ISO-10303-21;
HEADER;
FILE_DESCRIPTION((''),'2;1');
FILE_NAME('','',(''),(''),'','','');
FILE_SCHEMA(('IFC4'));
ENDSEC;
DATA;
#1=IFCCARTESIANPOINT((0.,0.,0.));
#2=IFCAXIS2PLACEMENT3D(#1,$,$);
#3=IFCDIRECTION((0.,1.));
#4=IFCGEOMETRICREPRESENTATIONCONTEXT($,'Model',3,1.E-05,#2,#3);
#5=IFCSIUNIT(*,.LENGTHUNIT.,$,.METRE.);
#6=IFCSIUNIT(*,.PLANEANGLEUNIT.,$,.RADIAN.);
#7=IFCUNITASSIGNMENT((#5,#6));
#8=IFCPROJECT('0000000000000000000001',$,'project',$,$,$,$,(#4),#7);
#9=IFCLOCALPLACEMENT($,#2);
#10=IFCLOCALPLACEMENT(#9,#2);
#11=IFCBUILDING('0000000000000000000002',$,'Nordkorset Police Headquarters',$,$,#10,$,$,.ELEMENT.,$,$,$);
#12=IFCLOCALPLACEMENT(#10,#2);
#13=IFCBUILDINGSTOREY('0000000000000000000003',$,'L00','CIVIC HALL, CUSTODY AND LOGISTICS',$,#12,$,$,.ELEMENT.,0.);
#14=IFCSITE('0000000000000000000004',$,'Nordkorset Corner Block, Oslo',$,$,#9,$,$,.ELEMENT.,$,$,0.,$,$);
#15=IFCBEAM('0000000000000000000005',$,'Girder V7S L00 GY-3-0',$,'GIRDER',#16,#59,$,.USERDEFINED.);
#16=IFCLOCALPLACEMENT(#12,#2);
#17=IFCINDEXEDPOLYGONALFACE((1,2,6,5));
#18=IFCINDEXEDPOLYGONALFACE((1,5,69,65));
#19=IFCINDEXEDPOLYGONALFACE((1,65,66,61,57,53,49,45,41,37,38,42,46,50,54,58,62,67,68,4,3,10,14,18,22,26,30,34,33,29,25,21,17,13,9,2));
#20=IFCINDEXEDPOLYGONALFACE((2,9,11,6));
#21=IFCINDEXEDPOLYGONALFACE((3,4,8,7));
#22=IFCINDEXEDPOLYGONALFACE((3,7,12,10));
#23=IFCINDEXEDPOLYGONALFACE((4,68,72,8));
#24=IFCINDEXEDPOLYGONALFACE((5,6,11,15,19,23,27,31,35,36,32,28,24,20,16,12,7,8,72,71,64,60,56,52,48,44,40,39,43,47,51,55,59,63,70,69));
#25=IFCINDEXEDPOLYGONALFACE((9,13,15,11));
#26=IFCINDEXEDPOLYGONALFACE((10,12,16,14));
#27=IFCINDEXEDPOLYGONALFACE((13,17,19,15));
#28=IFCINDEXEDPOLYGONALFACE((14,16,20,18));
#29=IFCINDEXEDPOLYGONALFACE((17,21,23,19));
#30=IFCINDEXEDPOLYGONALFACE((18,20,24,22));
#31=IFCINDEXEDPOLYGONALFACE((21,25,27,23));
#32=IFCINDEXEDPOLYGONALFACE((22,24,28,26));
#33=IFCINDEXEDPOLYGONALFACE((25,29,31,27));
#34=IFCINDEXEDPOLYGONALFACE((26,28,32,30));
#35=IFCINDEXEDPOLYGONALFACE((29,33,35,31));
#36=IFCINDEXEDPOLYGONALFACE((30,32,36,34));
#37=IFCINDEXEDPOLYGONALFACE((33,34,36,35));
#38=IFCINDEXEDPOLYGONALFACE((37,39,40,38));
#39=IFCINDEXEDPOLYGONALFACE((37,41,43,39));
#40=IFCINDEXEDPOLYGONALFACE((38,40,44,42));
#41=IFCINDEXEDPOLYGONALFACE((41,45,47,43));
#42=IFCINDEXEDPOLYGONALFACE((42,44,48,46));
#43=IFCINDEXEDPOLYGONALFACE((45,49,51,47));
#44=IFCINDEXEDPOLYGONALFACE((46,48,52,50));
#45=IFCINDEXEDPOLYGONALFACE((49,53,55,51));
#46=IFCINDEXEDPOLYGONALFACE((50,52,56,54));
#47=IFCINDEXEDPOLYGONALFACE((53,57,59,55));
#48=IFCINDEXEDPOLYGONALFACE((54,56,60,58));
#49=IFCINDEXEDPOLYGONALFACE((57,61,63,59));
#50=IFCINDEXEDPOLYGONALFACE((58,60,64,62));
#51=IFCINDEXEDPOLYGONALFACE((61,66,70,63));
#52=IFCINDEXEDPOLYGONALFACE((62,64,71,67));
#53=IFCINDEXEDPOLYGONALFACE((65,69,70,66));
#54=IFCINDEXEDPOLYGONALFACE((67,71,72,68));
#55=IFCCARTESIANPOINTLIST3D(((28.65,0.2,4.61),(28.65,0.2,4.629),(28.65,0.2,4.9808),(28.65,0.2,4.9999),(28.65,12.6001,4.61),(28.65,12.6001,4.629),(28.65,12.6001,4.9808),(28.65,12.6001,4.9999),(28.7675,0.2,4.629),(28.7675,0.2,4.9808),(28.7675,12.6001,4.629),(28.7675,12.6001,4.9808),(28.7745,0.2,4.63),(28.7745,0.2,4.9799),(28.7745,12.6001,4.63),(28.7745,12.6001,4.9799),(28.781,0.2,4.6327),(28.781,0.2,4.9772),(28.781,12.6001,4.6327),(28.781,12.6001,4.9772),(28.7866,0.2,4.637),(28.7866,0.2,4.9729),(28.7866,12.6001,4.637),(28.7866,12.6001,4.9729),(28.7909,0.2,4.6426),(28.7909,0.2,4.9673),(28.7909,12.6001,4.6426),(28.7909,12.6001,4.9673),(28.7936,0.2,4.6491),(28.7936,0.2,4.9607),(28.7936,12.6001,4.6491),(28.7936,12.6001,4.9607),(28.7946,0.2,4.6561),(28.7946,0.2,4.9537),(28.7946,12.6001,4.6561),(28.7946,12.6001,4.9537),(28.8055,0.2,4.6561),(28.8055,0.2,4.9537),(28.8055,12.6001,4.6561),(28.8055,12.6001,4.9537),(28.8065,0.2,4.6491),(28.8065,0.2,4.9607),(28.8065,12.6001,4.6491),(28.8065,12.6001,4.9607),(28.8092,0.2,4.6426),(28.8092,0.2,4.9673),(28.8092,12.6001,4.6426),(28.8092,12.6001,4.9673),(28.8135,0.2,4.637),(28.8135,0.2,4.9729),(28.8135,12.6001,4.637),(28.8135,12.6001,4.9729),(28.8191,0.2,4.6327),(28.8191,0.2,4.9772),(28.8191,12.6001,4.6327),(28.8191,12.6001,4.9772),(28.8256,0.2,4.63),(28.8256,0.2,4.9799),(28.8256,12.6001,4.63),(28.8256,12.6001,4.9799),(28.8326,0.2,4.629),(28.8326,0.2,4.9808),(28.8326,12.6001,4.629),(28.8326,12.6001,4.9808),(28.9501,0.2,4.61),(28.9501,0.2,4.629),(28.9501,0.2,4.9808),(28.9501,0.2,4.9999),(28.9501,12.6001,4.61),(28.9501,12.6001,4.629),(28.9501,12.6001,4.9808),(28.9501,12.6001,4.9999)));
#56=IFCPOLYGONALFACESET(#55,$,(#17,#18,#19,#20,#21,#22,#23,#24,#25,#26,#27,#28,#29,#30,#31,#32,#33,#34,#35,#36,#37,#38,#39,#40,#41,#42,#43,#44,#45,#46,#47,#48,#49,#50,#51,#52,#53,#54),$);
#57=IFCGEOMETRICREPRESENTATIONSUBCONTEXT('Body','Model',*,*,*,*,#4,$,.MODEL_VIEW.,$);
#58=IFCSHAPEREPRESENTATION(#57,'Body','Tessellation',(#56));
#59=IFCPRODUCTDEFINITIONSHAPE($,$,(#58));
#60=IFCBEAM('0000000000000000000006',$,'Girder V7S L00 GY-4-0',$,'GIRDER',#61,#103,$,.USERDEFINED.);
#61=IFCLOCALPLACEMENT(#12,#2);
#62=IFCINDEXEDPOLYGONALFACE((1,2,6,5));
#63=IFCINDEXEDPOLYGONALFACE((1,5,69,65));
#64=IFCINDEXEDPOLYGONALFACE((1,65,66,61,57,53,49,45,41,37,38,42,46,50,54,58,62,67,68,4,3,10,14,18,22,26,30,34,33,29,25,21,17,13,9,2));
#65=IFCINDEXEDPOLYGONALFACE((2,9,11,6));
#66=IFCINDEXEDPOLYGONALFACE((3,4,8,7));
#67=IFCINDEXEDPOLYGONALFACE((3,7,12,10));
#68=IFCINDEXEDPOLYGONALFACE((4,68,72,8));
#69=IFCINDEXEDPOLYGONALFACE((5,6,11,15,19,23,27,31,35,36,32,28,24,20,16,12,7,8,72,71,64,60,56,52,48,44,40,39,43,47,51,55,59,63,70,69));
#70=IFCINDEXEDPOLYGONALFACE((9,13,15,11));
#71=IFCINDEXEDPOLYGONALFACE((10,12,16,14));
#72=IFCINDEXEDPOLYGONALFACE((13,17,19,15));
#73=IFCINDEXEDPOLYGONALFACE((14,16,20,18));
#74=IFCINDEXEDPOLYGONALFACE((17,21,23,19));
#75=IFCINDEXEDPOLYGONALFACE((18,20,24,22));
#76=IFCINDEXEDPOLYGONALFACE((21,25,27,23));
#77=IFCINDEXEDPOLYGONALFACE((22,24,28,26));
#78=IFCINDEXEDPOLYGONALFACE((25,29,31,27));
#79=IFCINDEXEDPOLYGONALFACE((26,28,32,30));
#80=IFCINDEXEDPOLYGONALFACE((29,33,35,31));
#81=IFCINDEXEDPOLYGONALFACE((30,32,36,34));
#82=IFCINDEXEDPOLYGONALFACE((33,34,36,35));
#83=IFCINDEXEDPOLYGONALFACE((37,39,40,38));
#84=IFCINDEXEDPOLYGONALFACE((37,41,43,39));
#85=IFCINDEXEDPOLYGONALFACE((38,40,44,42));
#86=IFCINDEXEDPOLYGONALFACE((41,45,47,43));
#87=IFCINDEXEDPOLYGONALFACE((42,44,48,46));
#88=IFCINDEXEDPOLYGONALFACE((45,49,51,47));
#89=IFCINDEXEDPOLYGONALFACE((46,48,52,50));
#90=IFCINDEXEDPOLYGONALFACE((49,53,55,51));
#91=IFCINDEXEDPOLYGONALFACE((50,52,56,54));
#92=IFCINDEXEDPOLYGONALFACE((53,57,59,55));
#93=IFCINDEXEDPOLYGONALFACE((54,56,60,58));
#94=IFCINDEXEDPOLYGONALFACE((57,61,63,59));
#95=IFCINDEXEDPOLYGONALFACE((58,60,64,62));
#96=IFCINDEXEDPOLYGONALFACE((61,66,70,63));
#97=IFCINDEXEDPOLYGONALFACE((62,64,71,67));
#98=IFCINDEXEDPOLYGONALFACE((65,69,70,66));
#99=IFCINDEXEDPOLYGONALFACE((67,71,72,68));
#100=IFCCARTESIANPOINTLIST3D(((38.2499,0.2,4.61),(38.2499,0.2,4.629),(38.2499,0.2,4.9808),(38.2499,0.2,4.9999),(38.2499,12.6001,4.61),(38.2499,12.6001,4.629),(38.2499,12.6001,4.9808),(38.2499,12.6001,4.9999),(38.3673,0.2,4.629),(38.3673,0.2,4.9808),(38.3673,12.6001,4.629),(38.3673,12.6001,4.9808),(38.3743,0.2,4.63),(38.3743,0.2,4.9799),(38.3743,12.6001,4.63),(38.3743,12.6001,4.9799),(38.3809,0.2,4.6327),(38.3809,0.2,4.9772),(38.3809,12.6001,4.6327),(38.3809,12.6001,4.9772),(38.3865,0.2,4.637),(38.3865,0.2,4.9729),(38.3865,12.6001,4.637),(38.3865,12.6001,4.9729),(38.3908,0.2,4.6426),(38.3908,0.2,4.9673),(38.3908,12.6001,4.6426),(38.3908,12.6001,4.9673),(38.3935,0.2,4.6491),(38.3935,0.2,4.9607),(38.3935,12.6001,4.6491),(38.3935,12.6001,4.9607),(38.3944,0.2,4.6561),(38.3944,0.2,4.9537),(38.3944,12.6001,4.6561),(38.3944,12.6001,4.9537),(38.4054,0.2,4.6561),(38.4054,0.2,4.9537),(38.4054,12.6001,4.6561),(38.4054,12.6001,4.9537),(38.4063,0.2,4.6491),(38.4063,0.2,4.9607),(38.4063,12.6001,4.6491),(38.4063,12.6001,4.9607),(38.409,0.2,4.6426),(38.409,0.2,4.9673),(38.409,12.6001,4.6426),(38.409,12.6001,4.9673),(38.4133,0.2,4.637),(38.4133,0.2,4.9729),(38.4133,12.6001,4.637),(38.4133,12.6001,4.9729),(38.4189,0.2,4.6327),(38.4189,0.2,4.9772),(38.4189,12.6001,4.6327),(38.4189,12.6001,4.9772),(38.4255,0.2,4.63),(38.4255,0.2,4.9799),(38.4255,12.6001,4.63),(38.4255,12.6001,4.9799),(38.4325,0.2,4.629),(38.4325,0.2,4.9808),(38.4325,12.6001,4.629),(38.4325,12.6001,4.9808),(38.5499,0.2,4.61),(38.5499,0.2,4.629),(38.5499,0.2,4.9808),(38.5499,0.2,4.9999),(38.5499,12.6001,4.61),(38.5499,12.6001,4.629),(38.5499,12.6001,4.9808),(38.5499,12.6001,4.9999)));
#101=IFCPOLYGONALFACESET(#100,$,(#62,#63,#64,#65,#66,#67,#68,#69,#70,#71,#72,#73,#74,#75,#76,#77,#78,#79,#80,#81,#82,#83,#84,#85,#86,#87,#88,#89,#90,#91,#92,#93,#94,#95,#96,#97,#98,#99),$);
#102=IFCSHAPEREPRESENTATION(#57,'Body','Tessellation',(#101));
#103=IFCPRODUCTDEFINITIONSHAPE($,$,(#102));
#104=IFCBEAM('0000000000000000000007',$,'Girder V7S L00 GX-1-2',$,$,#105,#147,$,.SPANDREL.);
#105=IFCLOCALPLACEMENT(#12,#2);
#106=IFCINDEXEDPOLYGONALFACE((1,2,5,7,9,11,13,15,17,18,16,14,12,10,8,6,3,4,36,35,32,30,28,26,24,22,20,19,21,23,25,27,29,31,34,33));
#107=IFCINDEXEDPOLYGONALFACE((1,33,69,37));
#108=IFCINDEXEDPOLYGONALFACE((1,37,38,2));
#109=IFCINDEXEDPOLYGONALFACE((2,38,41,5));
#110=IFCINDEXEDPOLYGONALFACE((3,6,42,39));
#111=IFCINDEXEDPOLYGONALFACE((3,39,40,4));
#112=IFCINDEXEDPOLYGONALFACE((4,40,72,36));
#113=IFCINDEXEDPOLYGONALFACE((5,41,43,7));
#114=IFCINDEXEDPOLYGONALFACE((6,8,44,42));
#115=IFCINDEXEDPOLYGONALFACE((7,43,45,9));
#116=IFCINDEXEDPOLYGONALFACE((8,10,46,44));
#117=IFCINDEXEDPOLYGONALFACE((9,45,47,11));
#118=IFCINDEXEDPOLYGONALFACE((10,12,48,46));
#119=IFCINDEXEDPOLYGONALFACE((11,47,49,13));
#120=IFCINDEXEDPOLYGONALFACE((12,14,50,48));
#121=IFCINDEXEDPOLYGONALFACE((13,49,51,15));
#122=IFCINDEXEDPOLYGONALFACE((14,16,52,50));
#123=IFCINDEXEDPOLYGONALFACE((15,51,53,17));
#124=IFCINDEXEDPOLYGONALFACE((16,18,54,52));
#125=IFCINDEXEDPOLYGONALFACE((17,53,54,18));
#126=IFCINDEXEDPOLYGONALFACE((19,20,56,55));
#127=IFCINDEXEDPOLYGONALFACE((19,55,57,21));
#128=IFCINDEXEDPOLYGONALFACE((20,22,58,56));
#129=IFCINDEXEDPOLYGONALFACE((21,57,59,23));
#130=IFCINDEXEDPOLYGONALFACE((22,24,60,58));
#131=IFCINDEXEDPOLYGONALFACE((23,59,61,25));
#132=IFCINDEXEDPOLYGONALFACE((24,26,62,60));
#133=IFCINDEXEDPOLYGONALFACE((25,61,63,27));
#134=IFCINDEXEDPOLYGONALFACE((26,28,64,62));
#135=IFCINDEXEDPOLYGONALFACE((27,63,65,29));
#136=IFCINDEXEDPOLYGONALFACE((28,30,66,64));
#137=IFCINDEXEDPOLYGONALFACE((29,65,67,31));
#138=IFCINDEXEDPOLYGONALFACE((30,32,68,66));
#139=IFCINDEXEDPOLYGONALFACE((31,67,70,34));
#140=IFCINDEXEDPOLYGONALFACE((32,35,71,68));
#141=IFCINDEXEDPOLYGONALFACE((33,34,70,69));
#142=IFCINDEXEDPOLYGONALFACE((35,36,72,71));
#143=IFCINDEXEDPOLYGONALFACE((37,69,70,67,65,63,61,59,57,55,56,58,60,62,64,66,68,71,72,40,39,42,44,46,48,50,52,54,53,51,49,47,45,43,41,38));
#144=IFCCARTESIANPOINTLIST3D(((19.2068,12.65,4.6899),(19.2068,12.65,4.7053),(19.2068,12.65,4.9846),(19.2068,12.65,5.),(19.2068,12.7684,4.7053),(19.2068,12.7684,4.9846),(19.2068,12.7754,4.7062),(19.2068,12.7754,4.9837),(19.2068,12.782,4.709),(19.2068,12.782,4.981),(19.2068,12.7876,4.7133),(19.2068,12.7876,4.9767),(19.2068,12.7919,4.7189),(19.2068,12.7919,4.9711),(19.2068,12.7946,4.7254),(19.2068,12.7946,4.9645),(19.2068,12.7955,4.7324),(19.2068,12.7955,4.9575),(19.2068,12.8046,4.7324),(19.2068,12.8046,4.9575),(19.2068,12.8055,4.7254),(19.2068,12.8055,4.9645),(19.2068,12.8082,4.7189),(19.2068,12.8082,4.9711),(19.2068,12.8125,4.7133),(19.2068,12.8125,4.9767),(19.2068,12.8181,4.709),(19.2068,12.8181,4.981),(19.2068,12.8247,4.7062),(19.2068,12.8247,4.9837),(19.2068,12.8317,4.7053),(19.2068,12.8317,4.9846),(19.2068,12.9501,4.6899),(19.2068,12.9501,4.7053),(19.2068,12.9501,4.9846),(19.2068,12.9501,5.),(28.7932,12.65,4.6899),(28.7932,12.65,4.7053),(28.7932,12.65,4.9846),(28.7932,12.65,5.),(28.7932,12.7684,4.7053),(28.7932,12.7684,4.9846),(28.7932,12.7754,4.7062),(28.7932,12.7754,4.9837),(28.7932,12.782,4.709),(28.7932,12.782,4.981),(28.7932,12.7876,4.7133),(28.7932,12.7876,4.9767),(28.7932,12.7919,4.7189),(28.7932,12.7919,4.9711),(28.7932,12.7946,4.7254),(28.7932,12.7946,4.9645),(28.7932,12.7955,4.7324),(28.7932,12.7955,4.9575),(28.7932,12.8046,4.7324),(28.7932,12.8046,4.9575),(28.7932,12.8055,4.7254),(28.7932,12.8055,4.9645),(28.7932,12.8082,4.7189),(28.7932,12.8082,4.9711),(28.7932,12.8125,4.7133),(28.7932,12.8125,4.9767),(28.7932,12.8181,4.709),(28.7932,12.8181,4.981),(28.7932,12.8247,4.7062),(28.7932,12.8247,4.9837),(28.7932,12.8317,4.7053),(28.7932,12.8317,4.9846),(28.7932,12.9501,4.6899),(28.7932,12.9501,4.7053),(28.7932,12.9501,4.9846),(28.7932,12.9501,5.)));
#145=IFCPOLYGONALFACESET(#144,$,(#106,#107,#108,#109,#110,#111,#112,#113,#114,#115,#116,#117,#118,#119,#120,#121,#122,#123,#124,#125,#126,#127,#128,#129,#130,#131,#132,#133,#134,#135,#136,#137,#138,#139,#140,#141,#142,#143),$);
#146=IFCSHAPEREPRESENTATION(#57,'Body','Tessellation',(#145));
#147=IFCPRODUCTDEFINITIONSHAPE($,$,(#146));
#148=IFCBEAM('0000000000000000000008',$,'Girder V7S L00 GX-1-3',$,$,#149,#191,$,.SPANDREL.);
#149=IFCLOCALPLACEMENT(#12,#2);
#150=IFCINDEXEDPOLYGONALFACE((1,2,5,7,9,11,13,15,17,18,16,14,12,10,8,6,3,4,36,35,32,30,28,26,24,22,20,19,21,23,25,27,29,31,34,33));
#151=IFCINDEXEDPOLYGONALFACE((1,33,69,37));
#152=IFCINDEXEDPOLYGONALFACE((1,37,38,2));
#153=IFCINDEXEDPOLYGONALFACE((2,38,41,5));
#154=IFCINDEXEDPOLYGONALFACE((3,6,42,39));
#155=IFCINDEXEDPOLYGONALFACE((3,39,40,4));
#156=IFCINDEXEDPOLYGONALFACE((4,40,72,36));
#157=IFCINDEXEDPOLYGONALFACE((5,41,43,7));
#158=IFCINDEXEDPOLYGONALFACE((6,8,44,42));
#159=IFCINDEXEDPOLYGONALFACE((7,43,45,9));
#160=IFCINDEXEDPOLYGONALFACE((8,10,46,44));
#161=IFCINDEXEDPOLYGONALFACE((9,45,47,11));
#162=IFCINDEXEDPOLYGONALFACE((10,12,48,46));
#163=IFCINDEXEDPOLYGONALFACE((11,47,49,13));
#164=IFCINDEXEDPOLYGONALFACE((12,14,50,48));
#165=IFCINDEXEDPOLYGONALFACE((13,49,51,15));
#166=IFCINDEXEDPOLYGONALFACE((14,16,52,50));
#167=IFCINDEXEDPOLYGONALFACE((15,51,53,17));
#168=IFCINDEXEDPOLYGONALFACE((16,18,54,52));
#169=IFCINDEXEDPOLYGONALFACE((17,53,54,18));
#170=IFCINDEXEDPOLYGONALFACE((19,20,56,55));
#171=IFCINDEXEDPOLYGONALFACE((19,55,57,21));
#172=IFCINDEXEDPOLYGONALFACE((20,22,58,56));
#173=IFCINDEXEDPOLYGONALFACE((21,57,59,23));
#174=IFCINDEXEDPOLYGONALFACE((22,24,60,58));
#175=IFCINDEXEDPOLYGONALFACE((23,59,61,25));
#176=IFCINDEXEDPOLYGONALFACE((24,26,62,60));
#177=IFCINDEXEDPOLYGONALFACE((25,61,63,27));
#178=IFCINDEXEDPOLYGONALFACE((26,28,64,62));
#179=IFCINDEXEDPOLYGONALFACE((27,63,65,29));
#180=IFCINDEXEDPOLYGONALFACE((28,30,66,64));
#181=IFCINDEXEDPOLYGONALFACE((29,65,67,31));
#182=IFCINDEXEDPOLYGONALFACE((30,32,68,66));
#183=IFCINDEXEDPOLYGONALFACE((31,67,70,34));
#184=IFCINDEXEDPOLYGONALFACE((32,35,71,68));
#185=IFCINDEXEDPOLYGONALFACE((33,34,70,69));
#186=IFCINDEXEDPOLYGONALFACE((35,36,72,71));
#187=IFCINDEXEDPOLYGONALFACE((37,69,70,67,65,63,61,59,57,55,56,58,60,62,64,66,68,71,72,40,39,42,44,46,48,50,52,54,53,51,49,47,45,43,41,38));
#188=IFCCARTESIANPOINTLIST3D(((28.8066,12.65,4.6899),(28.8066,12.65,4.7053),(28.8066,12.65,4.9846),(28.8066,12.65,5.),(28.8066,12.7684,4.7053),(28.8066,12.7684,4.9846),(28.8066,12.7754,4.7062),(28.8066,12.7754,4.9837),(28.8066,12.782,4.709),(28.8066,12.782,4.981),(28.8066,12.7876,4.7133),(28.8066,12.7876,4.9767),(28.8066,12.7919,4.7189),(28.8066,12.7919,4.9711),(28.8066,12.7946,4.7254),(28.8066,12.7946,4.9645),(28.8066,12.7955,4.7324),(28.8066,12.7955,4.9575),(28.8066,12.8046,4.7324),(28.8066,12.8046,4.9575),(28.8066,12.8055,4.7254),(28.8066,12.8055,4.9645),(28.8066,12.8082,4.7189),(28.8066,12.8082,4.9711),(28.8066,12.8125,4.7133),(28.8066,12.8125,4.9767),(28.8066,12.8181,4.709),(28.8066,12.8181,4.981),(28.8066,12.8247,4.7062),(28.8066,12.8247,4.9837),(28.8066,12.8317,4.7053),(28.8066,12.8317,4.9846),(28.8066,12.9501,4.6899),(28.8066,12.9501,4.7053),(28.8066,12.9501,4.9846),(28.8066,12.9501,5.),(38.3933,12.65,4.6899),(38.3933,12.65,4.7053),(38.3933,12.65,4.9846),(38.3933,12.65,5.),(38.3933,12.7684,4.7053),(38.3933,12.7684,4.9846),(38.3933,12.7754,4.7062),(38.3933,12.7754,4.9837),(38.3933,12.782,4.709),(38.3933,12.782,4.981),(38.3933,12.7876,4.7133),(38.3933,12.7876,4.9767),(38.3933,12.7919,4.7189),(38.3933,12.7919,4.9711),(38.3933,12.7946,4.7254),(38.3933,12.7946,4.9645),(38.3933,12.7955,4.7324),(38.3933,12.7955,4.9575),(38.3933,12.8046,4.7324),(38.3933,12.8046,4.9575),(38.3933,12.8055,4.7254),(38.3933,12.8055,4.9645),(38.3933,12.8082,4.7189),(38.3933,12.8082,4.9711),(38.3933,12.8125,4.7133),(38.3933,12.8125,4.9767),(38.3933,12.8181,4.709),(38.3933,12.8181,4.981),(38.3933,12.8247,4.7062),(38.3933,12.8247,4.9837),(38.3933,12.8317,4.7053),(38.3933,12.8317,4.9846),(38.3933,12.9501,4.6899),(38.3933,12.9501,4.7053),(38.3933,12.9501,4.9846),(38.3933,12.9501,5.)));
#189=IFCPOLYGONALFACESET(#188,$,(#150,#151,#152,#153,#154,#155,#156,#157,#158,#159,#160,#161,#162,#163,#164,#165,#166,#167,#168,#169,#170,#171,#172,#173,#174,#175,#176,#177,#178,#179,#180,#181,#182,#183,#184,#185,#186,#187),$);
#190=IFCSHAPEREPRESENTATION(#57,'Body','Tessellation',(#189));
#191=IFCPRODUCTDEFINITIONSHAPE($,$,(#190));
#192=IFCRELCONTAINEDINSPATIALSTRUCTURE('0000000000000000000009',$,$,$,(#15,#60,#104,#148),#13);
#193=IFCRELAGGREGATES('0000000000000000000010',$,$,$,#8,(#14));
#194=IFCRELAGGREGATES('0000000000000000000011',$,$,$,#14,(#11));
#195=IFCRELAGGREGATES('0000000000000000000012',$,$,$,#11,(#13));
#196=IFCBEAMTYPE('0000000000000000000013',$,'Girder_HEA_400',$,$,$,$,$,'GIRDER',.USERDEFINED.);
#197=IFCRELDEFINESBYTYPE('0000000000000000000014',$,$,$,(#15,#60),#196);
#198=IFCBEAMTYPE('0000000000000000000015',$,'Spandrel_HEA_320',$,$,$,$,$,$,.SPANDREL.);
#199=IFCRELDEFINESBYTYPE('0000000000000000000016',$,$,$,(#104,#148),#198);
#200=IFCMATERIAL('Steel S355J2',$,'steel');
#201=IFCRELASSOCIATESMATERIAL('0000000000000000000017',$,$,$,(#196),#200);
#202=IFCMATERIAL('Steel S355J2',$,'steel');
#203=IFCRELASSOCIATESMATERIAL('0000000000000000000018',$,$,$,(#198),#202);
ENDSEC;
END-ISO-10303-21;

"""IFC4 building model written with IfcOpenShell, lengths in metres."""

from ifc_helpers import new_model, si_unit, direction, frame, origin, origin_2d, place, context, subcontext, project, spatial, i_section, extrude, material, material_profile, profile_set, type_object, element, save


model = new_model("IFC4")

# Units and contexts
model_context = context("Model", 3, precision=1e-05, world=origin(), true_north=direction((0.0, 1.0)))
body_context = subcontext(model_context, "Body", "Model", "MODEL_VIEW")
ifc_project = project(units=[si_unit("LENGTHUNIT", "METRE"), si_unit("PLANEANGLEUNIT", "RADIAN")], contexts=[model_context])

# Site, building, storey
site_placement = place(None, origin())
site = spatial("IfcSite", under=ifc_project, at=site_placement, Name="Nordkorset Corner Block, Oslo", CompositionType="ELEMENT", RefElevation=0.0)
building_placement = place(site_placement, origin())
building = spatial("IfcBuilding", under=site, at=building_placement, Name="Nordkorset Police Headquarters", CompositionType="ELEMENT")
storey_placement = place(building_placement, origin())
storey = spatial("IfcBuildingStorey", under=building, at=storey_placement, Name="L00", Description="CIVIC HALL, CUSTODY AND LOGISTICS", CompositionType="ELEMENT", Elevation=0.0)

# Beams
ifc_material_1 = material(Name="Steel S355J2", Category="steel")
ifc_material_profile_1 = material_profile(ifc_material_1, i_section(OverallWidth=0.3, OverallDepth=0.3899, WebThickness=0.011, FlangeThickness=0.019, FilletRadius=0.0271, at=origin_2d()), Name="HEA 400")
ifc_profile_set_1 = profile_set([ifc_material_profile_1], Name="Steel S355J2")
beam_type_1 = type_object("IfcBeamType", Name="Girder_HEA_400", ElementType="GIRDER", PredefinedType="USERDEFINED", material=ifc_profile_set_1)
for number, where, z_axis, x_axis, name in (
    (1, (28.8, 0.2, 4.8049), (0.0, 1.0, 0.0), (-1.0, 0.0, 0.0), "Girder V7S L00 GY-3-0"),
    (2, (38.3999, 0.2, 4.8049), (0.0, 1.0, 0.0), (-1.0, 0.0, 0.0), "Girder V7S L00 GY-4-0"),
):
    element("IfcBeam", number, at=place(storey_placement, frame(where, z_axis=z_axis, x_axis=x_axis)), inside=storey, type_object=beam_type_1, Name=name, ObjectType="GIRDER", PredefinedType="USERDEFINED", context=body_context, shape_type="SweptSolid", body=[
        extrude(i_section(OverallWidth=0.3, OverallDepth=0.3899, WebThickness=0.011, FlangeThickness=0.019, FilletRadius=0.0271, at=origin_2d()), origin(), (0.0, 0.0, 1.0), 12.4001),
    ])
ifc_material_2 = material(Name="Steel S355J2", Category="steel")
ifc_material_profile_2 = material_profile(ifc_material_2, i_section(OverallWidth=0.3, OverallDepth=0.3101, WebThickness=0.009, FlangeThickness=0.0154, FilletRadius=0.0271, at=origin_2d()), Name="HEA 320")
ifc_profile_set_2 = profile_set([ifc_material_profile_2], Name="Steel S355J2")
beam_type_2 = type_object("IfcBeamType", Name="Spandrel_HEA_320", PredefinedType="SPANDREL", material=ifc_profile_set_2)
beam_1_placement = place(storey_placement, frame((19.2068, 12.8, 4.845), z_axis=(1.0, 0.0, 0.0), x_axis=(0.0, 1.0, 0.0)))
element("IfcBeam", 3, at=beam_1_placement, inside=storey, type_object=beam_type_2, Name="Girder V7S L00 GX-1-2", PredefinedType="SPANDREL", context=body_context, shape_type="SweptSolid", body=[
    extrude(i_section(OverallWidth=0.3, OverallDepth=0.3101, WebThickness=0.009, FlangeThickness=0.0154, FilletRadius=0.0271, at=origin_2d()), origin(), (0.0, 0.0, 1.0), 9.5864),
])
for number, where, z_axis, x_axis, name in (
    (4, (28.8066, 12.8, 4.845), (1.0, 0.0, 0.0), (0.0, 1.0, 0.0), "Girder V7S L00 GX-1-3"),
):
    element("IfcBeam", number, at=place(storey_placement, frame(where, z_axis=z_axis, x_axis=x_axis)), inside=storey, type_object=beam_type_2, Name=name, PredefinedType="SPANDREL", context=body_context, shape_type="SweptSolid", body=[
        extrude(i_section(OverallWidth=0.3, OverallDepth=0.3101, WebThickness=0.009, FlangeThickness=0.0154, FilletRadius=0.0271, at=origin_2d()), origin(), (0.0, 0.0, 1.0), 9.5867),
    ])

save(model, "model.ifc")
